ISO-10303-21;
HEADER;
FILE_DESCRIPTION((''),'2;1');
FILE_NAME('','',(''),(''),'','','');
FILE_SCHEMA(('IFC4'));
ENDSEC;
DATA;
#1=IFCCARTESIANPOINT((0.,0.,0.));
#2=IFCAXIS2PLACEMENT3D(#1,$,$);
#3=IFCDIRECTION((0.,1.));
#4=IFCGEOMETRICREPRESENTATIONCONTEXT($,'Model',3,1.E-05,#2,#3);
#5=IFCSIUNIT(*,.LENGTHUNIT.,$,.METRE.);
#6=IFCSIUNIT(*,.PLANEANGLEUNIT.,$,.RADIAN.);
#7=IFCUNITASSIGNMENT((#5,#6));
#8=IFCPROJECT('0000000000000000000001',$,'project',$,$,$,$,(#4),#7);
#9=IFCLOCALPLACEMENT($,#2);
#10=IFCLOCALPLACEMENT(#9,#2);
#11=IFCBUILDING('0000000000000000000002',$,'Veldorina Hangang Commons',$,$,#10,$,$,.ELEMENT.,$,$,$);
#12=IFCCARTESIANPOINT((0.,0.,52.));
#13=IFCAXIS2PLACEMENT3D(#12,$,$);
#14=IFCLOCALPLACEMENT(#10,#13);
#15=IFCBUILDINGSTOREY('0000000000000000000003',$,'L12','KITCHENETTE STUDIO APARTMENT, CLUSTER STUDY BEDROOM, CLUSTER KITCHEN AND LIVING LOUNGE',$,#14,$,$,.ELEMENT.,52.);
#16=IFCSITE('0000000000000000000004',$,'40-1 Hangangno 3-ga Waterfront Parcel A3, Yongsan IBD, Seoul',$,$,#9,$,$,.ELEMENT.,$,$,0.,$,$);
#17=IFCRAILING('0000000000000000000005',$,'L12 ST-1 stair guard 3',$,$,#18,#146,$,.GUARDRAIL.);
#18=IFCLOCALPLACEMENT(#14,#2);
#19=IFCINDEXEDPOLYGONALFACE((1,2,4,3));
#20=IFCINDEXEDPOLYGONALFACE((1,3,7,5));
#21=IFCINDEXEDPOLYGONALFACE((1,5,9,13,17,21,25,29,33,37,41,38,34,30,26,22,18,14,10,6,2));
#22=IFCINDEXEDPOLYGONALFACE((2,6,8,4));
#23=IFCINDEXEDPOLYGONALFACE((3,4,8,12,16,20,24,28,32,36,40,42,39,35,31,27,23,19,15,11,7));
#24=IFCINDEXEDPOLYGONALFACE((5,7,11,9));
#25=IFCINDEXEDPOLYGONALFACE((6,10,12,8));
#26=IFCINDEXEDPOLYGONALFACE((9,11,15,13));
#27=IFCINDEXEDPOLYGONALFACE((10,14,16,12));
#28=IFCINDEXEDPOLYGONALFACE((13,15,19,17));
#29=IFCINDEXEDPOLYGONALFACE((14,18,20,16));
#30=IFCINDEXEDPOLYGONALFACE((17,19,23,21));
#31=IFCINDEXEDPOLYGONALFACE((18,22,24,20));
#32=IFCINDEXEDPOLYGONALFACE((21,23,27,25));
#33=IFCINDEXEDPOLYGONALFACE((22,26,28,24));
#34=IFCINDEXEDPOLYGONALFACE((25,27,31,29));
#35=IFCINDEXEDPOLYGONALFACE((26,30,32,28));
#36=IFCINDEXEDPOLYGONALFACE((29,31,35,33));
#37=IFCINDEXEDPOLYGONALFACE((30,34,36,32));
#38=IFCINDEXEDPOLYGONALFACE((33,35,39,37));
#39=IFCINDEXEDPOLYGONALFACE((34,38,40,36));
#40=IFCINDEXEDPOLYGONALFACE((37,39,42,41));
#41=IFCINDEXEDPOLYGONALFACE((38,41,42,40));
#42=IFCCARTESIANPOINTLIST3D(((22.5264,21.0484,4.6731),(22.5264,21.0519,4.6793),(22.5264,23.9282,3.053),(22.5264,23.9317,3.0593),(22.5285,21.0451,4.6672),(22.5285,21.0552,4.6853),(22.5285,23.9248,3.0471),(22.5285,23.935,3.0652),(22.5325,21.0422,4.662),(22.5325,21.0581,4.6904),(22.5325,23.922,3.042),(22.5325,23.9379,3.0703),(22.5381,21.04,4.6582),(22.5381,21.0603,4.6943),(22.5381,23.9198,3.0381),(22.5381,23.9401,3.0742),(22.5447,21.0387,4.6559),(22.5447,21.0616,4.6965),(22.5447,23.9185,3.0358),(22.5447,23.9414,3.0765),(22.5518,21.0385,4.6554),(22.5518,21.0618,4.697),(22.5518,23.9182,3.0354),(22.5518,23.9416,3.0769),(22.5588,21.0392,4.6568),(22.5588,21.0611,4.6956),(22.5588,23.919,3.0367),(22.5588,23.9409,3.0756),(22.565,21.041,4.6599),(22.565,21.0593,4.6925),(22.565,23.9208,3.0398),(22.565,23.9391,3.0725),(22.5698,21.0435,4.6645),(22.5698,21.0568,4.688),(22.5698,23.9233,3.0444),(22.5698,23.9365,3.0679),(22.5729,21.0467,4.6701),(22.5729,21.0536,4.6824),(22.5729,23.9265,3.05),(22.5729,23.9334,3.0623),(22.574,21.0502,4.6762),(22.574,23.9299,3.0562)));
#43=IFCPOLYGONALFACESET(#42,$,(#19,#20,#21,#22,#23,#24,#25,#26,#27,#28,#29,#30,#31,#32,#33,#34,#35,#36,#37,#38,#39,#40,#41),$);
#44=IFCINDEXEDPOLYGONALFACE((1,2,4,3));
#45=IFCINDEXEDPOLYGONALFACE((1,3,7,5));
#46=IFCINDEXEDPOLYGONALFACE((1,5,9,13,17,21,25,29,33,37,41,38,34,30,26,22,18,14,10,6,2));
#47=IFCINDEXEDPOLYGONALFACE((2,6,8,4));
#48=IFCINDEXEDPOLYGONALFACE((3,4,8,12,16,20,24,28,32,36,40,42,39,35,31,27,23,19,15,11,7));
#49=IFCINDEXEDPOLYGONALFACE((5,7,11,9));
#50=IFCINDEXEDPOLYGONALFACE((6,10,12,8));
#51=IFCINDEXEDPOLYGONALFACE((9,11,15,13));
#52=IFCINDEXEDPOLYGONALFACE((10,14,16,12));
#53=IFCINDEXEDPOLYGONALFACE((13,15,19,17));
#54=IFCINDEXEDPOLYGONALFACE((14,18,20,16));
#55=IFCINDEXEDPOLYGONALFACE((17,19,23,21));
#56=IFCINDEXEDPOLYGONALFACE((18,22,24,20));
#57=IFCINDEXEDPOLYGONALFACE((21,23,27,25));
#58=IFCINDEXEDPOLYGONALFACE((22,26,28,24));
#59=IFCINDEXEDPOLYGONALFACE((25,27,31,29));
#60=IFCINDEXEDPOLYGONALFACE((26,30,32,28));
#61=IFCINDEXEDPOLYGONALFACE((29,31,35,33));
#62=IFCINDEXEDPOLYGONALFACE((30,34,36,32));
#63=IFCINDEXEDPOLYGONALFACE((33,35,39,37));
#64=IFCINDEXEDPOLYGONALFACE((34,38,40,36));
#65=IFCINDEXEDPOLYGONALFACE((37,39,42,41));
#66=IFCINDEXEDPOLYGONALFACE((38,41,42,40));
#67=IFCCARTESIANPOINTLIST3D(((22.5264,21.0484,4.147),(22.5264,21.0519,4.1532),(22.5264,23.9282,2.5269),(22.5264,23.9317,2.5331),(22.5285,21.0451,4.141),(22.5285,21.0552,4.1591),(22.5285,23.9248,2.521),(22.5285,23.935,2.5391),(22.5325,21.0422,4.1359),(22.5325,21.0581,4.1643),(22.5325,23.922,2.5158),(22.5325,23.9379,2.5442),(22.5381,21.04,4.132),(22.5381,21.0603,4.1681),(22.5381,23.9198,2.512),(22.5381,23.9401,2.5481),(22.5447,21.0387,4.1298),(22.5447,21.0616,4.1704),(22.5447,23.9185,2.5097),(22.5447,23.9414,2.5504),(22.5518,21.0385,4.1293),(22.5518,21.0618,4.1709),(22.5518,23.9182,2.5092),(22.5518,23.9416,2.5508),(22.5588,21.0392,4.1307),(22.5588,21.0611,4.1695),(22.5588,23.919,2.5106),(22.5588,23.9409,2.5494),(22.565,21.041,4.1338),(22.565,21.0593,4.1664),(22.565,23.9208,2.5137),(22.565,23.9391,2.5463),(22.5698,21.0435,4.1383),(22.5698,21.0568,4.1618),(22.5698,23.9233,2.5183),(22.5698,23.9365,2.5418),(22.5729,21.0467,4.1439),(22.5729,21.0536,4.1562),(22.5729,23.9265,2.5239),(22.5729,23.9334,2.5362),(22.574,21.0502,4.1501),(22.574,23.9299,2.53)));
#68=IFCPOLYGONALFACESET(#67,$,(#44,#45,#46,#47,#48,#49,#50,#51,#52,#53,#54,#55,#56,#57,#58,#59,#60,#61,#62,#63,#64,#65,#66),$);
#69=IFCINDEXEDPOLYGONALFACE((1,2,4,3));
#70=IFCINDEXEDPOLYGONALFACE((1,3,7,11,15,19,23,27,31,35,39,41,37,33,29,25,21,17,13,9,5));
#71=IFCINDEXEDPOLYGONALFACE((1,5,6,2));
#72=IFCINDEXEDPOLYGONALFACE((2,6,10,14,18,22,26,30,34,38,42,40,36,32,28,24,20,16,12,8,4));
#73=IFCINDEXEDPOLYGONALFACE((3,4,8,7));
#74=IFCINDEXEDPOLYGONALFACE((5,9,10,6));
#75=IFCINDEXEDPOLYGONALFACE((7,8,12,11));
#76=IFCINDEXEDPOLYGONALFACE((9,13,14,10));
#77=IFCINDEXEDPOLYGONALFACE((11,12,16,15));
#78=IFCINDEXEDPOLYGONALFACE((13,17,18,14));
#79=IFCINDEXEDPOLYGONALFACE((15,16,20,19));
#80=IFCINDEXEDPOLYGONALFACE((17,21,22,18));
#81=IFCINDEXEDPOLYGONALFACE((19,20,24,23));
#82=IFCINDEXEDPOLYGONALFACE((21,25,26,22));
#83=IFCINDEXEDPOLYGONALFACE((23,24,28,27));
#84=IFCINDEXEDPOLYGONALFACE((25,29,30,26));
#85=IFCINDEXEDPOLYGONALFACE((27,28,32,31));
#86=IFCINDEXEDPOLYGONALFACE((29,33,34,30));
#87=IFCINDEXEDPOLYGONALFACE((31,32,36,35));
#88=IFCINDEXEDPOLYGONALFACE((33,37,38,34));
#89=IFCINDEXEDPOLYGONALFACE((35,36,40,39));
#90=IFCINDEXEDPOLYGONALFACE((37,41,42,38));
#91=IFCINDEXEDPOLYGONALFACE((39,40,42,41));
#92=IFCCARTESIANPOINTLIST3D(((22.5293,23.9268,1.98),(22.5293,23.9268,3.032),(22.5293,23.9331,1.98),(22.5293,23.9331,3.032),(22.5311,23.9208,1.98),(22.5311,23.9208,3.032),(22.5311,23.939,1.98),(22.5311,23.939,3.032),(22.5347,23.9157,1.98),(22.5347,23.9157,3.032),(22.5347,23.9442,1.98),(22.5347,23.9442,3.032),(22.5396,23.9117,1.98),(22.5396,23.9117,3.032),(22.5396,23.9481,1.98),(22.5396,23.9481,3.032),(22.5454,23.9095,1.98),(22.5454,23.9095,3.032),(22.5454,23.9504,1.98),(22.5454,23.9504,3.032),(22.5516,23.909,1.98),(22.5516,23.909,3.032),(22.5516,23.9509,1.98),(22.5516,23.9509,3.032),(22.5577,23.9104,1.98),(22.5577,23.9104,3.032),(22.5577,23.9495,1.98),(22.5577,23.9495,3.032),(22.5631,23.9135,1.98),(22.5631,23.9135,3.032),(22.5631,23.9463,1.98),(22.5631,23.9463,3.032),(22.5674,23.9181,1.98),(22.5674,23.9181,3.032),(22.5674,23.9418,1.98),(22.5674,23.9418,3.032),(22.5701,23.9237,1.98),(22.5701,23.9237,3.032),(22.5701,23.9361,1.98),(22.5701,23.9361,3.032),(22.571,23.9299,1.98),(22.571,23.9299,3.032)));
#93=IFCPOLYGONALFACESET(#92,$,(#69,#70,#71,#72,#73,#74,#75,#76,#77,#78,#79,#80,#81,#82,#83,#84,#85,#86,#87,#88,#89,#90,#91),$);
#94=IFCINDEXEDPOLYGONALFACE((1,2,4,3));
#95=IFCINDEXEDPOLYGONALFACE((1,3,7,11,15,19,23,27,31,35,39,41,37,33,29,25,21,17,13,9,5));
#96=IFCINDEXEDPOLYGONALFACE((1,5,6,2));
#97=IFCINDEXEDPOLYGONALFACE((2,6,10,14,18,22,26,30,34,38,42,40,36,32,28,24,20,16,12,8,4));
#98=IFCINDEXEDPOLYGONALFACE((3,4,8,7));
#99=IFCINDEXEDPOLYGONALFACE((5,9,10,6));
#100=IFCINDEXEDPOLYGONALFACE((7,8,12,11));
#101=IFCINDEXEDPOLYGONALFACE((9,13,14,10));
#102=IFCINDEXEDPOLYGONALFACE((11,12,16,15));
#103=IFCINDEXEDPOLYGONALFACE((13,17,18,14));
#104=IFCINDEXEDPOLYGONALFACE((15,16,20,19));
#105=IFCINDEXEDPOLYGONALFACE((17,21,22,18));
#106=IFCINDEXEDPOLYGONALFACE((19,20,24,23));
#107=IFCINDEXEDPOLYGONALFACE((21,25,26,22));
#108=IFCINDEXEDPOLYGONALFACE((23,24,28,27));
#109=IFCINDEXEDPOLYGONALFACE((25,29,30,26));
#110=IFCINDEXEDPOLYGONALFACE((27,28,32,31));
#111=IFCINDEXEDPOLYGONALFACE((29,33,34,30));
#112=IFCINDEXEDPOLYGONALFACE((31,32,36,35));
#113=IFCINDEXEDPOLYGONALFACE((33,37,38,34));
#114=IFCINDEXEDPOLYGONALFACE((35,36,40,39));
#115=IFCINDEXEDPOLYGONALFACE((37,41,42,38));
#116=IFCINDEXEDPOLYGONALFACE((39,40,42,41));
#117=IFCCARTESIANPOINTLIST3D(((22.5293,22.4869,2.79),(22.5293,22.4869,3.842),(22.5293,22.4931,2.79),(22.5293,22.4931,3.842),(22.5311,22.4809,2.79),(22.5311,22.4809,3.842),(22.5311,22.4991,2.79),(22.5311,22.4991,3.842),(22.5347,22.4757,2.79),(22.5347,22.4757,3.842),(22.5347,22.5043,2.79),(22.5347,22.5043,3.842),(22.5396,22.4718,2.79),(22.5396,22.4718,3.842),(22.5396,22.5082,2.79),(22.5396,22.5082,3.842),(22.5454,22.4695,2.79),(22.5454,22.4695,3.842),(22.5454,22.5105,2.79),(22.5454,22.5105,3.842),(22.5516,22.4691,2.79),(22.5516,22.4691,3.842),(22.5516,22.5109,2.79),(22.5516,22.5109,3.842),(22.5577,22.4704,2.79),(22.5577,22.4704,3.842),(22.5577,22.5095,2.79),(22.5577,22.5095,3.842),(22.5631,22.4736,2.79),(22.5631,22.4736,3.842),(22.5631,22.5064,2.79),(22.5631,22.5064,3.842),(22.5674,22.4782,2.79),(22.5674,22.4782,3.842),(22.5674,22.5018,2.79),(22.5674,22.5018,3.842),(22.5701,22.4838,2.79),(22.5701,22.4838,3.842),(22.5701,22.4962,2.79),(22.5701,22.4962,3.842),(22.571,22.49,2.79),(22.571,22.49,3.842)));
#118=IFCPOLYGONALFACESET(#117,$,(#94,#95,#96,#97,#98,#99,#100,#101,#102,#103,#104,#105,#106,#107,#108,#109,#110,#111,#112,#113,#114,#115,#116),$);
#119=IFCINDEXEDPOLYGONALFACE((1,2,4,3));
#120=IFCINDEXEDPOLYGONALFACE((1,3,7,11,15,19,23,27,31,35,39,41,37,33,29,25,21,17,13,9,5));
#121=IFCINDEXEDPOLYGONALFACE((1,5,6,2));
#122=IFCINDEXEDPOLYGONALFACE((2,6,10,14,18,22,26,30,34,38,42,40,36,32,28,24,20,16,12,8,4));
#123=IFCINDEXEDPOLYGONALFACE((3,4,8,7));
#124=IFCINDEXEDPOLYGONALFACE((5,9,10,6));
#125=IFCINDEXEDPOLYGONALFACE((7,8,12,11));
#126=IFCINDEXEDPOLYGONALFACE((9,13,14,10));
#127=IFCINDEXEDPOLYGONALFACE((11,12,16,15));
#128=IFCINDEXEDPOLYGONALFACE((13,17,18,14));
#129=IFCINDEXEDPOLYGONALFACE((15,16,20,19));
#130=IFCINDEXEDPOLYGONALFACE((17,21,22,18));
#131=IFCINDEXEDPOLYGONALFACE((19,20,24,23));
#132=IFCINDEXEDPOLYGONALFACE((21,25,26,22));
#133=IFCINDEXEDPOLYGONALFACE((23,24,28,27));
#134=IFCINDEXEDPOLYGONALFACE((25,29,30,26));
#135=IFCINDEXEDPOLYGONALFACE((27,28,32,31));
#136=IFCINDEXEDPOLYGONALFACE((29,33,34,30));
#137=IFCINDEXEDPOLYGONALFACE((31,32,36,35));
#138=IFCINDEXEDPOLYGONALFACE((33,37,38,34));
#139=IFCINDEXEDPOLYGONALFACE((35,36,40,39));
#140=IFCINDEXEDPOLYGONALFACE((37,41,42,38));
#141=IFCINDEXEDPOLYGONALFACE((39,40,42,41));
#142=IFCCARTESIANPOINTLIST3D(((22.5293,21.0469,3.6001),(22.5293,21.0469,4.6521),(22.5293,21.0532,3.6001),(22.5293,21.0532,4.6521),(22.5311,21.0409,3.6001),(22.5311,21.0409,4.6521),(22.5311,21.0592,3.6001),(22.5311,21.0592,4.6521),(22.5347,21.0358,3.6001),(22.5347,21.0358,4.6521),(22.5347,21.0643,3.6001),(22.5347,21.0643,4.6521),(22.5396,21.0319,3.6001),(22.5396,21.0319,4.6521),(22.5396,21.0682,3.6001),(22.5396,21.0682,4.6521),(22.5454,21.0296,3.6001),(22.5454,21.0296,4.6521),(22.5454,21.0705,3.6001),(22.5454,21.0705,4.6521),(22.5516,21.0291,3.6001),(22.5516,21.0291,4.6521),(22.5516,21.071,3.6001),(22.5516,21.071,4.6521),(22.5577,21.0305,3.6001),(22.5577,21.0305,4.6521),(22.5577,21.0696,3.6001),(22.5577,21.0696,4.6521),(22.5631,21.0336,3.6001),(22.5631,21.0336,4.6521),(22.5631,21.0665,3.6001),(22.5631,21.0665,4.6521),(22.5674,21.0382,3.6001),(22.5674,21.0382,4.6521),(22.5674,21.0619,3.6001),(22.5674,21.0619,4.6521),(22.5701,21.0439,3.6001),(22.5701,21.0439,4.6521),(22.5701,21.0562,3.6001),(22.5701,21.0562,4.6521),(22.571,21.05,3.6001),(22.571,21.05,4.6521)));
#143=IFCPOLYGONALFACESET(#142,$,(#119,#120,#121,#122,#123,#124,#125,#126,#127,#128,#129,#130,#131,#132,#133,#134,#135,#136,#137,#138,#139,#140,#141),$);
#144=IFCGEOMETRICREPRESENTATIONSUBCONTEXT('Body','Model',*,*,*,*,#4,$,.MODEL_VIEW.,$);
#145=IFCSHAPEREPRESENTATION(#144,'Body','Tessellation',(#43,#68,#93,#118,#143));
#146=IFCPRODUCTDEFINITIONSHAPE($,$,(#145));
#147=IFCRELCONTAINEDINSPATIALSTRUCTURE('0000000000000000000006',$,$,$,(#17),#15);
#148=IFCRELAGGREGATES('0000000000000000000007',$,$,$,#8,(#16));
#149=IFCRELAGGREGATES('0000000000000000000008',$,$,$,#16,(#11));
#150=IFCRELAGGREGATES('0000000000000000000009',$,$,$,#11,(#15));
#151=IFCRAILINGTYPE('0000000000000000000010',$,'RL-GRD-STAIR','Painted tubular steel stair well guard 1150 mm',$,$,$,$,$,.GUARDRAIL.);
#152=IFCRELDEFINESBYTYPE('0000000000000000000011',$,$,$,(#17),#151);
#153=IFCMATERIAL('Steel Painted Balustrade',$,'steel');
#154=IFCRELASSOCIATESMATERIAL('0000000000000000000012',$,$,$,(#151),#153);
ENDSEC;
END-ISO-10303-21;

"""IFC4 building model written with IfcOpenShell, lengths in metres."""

from ifc_helpers import new_model, si_unit, direction, frame, origin, origin_2d, place, context, subcontext, project, spatial, circle, extrude, material, type_object, element, save


model = new_model("IFC4")

# Units and contexts
model_context = context("Model", 3, precision=1e-05, world=origin(), true_north=direction((0.0, 1.0)))
body_context = subcontext(model_context, "Body", "Model", "MODEL_VIEW")
ifc_project = project(units=[si_unit("LENGTHUNIT", "METRE"), si_unit("PLANEANGLEUNIT", "RADIAN")], contexts=[model_context])

# Site, building, storey
site_placement = place(None, origin())
site = spatial("IfcSite", under=ifc_project, at=site_placement, Name="40-1 Hangangno 3-ga Waterfront Parcel A3, Yongsan IBD, Seoul", CompositionType="ELEMENT", RefElevation=0.0)
building_placement = place(site_placement, origin())
building = spatial("IfcBuilding", under=site, at=building_placement, Name="Veldorina Hangang Commons", CompositionType="ELEMENT")
storey_placement = place(building_placement, frame((0.0, 0.0, 52.0)))
storey = spatial("IfcBuildingStorey", under=building, at=storey_placement, Name="L12", Description="KITCHENETTE STUDIO APARTMENT, CLUSTER STUDY BEDROOM, CLUSTER KITCHEN AND LIVING LOUNGE", CompositionType="ELEMENT", Elevation=52.0)

# Railing
ifc_material_1 = material(Name="Steel Painted Balustrade", Category="steel")
railing_type_1 = type_object("IfcRailingType", Name="RL-GRD-STAIR", Description="Painted tubular steel stair well guard 1150 mm", PredefinedType="GUARDRAIL", material=ifc_material_1)
railing_1_placement = place(storey_placement, frame((22.55, 23.9299, 1.98)))
element("IfcRailing", 1, at=railing_1_placement, inside=storey, type_object=railing_type_1, Name="L12 ST-1 stair guard 3", PredefinedType="GUARDRAIL", context=body_context, shape_type="SweptSolid", body=[
    extrude(circle(Radius=0.0239, at=origin_2d()), frame((0.0, 0.0, 1.0762), z_axis=(0.0, -0.871552, 0.490303), x_axis=(1.0, 0.0, 0.0)), (0.0, 0.0, 1.0), 3.3042),
    extrude(circle(Radius=0.0239, at=origin_2d()), frame((0.0, 0.0, 0.55), z_axis=(0.0, -0.871552, 0.490303), x_axis=(1.0, 0.0, 0.0)), (0.0, 0.0, 1.0), 3.3042),
    extrude(circle(Radius=0.021, at=origin_2d()), origin(), (0.0, 0.0, 1.0), 1.052),
    extrude(circle(Radius=0.021, at=origin_2d()), frame((0.0, -1.4399, 0.8101)), (0.0, 0.0, 1.0), 1.052),
    extrude(circle(Radius=0.021, at=origin_2d()), frame((0.0, -2.8799, 1.6201)), (0.0, 0.0, 1.0), 1.052),
])

save(model, "model.ifc")
